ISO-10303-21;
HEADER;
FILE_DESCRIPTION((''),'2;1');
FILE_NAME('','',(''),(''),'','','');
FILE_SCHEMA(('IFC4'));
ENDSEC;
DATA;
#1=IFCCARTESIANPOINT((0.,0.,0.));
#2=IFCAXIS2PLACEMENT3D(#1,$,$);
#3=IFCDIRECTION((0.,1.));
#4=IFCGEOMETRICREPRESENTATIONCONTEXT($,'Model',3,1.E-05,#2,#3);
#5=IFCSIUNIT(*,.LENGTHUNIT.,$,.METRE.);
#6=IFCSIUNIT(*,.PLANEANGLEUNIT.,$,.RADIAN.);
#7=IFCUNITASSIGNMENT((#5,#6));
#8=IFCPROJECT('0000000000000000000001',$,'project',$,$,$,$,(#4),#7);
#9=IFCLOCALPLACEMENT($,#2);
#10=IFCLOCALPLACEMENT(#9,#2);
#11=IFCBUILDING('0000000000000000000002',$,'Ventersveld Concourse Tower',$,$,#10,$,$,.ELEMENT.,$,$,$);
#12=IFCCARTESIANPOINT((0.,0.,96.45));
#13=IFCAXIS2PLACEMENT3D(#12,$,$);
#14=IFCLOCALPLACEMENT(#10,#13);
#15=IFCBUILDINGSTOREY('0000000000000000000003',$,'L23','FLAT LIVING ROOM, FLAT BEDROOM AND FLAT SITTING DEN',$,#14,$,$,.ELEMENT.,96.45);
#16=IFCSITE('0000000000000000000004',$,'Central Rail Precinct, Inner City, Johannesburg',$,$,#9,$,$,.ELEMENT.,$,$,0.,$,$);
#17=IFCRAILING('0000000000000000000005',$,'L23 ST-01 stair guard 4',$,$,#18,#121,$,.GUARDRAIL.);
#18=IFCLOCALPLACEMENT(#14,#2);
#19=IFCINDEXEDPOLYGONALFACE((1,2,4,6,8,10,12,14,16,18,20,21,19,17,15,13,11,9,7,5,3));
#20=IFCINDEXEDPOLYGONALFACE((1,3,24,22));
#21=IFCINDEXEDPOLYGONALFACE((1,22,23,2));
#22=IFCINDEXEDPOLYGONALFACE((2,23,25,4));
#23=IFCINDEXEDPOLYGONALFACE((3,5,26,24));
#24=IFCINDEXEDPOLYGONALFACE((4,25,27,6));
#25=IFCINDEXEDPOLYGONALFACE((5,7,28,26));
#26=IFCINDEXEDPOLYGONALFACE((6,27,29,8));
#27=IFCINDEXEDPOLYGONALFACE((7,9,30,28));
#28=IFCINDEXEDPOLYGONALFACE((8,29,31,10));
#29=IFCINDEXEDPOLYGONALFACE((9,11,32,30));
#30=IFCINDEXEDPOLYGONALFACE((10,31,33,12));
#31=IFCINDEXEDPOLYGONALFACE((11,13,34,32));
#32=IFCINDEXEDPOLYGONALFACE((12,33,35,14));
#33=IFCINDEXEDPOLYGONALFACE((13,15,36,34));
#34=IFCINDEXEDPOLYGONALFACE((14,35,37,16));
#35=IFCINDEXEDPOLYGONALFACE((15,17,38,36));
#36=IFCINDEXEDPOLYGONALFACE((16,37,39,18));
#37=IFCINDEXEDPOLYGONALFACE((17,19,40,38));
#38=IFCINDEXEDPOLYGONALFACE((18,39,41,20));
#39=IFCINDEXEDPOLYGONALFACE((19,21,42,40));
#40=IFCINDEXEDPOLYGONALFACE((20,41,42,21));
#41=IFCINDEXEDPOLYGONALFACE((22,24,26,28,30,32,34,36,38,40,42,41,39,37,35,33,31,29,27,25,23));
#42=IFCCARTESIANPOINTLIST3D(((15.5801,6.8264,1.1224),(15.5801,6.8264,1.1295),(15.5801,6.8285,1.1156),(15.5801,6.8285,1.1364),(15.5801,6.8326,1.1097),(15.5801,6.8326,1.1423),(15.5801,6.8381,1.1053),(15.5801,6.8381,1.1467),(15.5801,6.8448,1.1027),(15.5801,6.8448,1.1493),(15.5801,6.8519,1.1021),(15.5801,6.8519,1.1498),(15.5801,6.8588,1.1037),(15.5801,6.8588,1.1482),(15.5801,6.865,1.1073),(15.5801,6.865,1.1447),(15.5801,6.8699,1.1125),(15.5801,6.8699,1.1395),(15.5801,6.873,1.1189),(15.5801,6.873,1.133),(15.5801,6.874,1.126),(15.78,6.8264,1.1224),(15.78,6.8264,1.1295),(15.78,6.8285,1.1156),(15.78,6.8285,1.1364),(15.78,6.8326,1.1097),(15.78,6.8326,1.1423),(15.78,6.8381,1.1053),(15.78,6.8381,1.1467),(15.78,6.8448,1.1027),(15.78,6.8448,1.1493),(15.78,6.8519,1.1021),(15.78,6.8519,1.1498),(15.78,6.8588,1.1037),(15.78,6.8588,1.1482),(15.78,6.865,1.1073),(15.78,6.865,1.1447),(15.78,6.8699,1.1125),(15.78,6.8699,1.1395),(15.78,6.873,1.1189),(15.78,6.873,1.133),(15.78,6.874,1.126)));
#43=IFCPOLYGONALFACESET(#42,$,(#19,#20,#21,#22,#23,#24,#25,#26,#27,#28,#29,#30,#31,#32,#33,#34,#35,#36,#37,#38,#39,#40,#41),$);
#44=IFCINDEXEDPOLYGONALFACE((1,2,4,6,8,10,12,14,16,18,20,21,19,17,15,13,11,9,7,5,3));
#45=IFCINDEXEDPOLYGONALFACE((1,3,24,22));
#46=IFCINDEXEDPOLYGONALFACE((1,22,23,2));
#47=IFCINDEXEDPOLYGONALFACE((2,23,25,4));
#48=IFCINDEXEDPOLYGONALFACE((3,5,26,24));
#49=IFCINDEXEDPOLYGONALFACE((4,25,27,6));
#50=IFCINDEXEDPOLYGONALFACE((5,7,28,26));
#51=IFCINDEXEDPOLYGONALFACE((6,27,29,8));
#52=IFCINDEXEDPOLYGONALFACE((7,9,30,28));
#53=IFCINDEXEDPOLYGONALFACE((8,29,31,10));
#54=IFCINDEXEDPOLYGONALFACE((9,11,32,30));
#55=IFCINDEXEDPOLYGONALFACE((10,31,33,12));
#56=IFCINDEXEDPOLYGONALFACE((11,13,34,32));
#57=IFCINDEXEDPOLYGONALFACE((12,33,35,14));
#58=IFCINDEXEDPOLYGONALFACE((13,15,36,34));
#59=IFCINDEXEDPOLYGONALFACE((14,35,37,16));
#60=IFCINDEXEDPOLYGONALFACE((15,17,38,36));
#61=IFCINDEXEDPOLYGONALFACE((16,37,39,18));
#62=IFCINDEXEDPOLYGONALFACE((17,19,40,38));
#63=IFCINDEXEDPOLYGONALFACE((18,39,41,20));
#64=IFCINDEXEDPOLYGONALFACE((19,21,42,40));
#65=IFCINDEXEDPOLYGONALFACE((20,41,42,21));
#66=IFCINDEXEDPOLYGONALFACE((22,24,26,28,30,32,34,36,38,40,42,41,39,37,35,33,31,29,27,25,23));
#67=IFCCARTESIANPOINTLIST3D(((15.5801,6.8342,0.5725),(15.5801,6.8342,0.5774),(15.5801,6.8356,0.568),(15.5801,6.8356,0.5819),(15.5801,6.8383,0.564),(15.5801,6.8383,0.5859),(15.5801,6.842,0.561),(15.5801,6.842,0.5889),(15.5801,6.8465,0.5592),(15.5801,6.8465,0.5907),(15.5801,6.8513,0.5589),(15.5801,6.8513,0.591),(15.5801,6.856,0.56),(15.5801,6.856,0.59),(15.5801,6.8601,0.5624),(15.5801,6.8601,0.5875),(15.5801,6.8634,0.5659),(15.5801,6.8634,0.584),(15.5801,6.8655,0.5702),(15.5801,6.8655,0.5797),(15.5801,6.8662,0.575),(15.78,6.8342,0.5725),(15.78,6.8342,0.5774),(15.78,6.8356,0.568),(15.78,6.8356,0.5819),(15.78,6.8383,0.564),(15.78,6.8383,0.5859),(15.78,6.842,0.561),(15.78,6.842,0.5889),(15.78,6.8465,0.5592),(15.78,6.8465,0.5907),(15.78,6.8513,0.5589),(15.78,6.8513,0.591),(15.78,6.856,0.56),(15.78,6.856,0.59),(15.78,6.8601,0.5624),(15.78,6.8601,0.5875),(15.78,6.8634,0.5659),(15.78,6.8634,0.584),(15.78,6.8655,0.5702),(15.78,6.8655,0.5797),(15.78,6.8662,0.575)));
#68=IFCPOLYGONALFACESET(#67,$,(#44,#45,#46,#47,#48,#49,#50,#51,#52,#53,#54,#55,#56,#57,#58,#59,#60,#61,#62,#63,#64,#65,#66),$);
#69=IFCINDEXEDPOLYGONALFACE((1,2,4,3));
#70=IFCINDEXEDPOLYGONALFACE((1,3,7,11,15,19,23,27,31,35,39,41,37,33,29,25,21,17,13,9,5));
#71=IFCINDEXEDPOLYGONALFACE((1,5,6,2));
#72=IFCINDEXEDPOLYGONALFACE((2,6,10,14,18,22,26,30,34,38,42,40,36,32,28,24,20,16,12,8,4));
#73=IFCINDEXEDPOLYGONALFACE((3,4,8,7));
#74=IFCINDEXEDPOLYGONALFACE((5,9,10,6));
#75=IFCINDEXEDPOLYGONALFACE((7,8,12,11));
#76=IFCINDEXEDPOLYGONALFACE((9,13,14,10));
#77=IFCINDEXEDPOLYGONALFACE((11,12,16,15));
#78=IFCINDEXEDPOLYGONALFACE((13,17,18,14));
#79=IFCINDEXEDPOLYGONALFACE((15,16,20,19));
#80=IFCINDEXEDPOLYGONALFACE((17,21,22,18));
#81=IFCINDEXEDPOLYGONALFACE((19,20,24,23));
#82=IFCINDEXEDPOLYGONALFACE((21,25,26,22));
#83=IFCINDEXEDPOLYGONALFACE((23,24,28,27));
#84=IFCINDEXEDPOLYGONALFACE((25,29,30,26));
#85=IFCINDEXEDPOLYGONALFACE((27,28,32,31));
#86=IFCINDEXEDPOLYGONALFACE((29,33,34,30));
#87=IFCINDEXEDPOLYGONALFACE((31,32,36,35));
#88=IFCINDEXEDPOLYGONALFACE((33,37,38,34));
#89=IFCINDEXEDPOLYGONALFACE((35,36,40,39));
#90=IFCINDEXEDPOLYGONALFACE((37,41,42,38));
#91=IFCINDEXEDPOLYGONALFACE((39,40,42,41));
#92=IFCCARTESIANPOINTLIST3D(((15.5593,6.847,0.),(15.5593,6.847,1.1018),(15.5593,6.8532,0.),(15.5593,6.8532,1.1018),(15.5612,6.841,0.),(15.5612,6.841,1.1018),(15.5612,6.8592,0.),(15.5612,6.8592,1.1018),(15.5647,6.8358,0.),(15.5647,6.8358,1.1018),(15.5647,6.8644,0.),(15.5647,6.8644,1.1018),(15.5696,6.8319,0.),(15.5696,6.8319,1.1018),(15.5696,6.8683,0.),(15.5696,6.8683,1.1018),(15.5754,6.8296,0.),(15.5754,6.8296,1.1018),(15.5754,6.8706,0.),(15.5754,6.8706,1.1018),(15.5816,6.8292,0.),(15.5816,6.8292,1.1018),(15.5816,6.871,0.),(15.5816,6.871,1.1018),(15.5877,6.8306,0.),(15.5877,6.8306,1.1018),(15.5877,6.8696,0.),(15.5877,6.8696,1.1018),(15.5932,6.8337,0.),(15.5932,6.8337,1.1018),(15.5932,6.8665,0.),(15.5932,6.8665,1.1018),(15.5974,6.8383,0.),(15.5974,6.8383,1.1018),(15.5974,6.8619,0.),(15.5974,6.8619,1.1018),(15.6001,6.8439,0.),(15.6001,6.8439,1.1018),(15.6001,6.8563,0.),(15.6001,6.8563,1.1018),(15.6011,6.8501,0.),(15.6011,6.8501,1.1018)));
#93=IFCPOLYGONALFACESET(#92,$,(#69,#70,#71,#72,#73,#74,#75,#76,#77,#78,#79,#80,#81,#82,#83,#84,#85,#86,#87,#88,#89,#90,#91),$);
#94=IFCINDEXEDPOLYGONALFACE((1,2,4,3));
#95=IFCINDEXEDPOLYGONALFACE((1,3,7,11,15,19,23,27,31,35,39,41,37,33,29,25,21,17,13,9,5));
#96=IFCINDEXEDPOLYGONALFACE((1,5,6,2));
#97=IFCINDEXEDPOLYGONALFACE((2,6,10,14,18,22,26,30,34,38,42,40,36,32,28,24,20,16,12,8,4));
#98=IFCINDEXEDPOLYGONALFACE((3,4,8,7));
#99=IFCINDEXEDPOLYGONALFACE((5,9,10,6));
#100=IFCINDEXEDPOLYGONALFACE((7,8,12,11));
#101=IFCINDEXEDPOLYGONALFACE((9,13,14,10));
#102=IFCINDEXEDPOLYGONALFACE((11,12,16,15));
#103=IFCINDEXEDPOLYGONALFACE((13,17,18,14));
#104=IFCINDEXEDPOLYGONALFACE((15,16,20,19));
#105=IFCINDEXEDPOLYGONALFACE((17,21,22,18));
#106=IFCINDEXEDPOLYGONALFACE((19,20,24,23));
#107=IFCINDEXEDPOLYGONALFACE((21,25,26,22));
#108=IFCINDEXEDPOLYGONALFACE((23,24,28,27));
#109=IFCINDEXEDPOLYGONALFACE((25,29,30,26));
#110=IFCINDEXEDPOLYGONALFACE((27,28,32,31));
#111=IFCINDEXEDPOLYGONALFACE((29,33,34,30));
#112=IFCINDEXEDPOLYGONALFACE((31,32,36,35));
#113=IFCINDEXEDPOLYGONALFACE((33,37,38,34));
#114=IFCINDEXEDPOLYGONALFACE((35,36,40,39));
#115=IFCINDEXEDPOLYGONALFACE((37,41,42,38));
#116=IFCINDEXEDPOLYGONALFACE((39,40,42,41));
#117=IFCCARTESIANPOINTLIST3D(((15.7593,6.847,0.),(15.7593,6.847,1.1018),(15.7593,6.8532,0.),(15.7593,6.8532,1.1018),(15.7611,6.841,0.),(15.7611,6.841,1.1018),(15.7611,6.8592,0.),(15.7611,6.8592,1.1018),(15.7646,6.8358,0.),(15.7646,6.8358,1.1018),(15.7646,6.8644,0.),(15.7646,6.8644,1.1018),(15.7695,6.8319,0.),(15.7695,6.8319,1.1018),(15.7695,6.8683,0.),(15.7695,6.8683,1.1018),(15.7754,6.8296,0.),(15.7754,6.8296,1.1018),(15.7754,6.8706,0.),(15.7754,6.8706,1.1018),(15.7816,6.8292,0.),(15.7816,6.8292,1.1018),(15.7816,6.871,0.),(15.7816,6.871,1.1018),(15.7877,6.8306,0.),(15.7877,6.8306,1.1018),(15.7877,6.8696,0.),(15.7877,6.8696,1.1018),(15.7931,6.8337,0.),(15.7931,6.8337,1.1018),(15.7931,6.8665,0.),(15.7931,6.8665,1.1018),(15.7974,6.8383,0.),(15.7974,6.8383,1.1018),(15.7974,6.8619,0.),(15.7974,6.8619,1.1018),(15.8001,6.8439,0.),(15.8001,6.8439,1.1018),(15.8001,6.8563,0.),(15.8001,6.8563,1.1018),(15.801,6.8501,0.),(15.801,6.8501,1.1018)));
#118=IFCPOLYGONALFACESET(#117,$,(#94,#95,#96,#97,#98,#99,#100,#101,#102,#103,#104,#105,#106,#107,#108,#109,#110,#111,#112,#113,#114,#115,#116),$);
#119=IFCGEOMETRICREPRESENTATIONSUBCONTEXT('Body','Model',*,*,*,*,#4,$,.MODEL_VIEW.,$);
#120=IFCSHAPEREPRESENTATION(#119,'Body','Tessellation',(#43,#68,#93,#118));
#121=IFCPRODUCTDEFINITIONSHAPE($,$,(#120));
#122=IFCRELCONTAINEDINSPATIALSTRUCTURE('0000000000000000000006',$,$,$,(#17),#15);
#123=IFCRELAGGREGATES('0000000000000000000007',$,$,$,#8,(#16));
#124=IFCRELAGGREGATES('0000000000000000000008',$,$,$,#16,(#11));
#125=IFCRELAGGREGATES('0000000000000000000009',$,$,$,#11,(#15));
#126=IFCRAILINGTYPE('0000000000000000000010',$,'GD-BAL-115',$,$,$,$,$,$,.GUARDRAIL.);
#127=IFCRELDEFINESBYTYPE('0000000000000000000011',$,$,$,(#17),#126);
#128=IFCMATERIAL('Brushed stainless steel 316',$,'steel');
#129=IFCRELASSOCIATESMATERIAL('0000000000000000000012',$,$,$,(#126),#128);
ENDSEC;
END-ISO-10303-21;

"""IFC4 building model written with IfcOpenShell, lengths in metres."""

from ifc_helpers import new_model, si_unit, direction, frame, origin, origin_2d, place, context, subcontext, project, spatial, circle, extrude, material, type_object, element, save


model = new_model("IFC4")

# Units and contexts
model_context = context("Model", 3, precision=1e-05, world=origin(), true_north=direction((0.0, 1.0)))
body_context = subcontext(model_context, "Body", "Model", "MODEL_VIEW")
ifc_project = project(units=[si_unit("LENGTHUNIT", "METRE"), si_unit("PLANEANGLEUNIT", "RADIAN")], contexts=[model_context])

# Site, building, storey
site_placement = place(None, origin())
site = spatial("IfcSite", under=ifc_project, at=site_placement, Name="Central Rail Precinct, Inner City, Johannesburg", CompositionType="ELEMENT", RefElevation=0.0)
building_placement = place(site_placement, origin())
building = spatial("IfcBuilding", under=site, at=building_placement, Name="Ventersveld Concourse Tower", CompositionType="ELEMENT")
storey_placement = place(building_placement, frame((0.0, 0.0, 96.45)))
storey = spatial("IfcBuildingStorey", under=building, at=storey_placement, Name="L23", Description="FLAT LIVING ROOM, FLAT BEDROOM AND FLAT SITTING DEN", CompositionType="ELEMENT", Elevation=96.45)

# Shared definitions
ifc_material_1 = material(Name="Brushed stainless steel 316", Category="steel")

# Railing
railing_type_1 = type_object("IfcRailingType", Name="GD-BAL-115", PredefinedType="GUARDRAIL", material=ifc_material_1)
railing_1_placement = place(storey_placement, frame((15.5801, 6.8501, 0.0)))
element("IfcRailing", 1, at=railing_1_placement, inside=storey, type_object=railing_type_1, Name="L23 ST-01 stair guard 4", PredefinedType="GUARDRAIL", context=body_context, shape_type="SweptSolid", body=[
    extrude(circle(Radius=0.0239, at=origin_2d()), frame((0.0, 0.0, 1.126), z_axis=(1.0, 0.0, 0.0), x_axis=(0.0, 1.0, 0.0)), (0.0, 0.0, 1.0), 0.2),
    extrude(circle(Radius=0.0161, at=origin_2d()), frame((0.0, 0.0, 0.575), z_axis=(1.0, 0.0, 0.0), x_axis=(0.0, 1.0, 0.0)), (0.0, 0.0, 1.0), 0.2),
    extrude(circle(Radius=0.021, at=origin_2d()), origin(), (0.0, 0.0, 1.0), 1.1018),
    extrude(circle(Radius=0.021, at=origin_2d()), frame((0.2, 0.0, 0.0)), (0.0, 0.0, 1.0), 1.1018),
])

save(model, "model.ifc")
